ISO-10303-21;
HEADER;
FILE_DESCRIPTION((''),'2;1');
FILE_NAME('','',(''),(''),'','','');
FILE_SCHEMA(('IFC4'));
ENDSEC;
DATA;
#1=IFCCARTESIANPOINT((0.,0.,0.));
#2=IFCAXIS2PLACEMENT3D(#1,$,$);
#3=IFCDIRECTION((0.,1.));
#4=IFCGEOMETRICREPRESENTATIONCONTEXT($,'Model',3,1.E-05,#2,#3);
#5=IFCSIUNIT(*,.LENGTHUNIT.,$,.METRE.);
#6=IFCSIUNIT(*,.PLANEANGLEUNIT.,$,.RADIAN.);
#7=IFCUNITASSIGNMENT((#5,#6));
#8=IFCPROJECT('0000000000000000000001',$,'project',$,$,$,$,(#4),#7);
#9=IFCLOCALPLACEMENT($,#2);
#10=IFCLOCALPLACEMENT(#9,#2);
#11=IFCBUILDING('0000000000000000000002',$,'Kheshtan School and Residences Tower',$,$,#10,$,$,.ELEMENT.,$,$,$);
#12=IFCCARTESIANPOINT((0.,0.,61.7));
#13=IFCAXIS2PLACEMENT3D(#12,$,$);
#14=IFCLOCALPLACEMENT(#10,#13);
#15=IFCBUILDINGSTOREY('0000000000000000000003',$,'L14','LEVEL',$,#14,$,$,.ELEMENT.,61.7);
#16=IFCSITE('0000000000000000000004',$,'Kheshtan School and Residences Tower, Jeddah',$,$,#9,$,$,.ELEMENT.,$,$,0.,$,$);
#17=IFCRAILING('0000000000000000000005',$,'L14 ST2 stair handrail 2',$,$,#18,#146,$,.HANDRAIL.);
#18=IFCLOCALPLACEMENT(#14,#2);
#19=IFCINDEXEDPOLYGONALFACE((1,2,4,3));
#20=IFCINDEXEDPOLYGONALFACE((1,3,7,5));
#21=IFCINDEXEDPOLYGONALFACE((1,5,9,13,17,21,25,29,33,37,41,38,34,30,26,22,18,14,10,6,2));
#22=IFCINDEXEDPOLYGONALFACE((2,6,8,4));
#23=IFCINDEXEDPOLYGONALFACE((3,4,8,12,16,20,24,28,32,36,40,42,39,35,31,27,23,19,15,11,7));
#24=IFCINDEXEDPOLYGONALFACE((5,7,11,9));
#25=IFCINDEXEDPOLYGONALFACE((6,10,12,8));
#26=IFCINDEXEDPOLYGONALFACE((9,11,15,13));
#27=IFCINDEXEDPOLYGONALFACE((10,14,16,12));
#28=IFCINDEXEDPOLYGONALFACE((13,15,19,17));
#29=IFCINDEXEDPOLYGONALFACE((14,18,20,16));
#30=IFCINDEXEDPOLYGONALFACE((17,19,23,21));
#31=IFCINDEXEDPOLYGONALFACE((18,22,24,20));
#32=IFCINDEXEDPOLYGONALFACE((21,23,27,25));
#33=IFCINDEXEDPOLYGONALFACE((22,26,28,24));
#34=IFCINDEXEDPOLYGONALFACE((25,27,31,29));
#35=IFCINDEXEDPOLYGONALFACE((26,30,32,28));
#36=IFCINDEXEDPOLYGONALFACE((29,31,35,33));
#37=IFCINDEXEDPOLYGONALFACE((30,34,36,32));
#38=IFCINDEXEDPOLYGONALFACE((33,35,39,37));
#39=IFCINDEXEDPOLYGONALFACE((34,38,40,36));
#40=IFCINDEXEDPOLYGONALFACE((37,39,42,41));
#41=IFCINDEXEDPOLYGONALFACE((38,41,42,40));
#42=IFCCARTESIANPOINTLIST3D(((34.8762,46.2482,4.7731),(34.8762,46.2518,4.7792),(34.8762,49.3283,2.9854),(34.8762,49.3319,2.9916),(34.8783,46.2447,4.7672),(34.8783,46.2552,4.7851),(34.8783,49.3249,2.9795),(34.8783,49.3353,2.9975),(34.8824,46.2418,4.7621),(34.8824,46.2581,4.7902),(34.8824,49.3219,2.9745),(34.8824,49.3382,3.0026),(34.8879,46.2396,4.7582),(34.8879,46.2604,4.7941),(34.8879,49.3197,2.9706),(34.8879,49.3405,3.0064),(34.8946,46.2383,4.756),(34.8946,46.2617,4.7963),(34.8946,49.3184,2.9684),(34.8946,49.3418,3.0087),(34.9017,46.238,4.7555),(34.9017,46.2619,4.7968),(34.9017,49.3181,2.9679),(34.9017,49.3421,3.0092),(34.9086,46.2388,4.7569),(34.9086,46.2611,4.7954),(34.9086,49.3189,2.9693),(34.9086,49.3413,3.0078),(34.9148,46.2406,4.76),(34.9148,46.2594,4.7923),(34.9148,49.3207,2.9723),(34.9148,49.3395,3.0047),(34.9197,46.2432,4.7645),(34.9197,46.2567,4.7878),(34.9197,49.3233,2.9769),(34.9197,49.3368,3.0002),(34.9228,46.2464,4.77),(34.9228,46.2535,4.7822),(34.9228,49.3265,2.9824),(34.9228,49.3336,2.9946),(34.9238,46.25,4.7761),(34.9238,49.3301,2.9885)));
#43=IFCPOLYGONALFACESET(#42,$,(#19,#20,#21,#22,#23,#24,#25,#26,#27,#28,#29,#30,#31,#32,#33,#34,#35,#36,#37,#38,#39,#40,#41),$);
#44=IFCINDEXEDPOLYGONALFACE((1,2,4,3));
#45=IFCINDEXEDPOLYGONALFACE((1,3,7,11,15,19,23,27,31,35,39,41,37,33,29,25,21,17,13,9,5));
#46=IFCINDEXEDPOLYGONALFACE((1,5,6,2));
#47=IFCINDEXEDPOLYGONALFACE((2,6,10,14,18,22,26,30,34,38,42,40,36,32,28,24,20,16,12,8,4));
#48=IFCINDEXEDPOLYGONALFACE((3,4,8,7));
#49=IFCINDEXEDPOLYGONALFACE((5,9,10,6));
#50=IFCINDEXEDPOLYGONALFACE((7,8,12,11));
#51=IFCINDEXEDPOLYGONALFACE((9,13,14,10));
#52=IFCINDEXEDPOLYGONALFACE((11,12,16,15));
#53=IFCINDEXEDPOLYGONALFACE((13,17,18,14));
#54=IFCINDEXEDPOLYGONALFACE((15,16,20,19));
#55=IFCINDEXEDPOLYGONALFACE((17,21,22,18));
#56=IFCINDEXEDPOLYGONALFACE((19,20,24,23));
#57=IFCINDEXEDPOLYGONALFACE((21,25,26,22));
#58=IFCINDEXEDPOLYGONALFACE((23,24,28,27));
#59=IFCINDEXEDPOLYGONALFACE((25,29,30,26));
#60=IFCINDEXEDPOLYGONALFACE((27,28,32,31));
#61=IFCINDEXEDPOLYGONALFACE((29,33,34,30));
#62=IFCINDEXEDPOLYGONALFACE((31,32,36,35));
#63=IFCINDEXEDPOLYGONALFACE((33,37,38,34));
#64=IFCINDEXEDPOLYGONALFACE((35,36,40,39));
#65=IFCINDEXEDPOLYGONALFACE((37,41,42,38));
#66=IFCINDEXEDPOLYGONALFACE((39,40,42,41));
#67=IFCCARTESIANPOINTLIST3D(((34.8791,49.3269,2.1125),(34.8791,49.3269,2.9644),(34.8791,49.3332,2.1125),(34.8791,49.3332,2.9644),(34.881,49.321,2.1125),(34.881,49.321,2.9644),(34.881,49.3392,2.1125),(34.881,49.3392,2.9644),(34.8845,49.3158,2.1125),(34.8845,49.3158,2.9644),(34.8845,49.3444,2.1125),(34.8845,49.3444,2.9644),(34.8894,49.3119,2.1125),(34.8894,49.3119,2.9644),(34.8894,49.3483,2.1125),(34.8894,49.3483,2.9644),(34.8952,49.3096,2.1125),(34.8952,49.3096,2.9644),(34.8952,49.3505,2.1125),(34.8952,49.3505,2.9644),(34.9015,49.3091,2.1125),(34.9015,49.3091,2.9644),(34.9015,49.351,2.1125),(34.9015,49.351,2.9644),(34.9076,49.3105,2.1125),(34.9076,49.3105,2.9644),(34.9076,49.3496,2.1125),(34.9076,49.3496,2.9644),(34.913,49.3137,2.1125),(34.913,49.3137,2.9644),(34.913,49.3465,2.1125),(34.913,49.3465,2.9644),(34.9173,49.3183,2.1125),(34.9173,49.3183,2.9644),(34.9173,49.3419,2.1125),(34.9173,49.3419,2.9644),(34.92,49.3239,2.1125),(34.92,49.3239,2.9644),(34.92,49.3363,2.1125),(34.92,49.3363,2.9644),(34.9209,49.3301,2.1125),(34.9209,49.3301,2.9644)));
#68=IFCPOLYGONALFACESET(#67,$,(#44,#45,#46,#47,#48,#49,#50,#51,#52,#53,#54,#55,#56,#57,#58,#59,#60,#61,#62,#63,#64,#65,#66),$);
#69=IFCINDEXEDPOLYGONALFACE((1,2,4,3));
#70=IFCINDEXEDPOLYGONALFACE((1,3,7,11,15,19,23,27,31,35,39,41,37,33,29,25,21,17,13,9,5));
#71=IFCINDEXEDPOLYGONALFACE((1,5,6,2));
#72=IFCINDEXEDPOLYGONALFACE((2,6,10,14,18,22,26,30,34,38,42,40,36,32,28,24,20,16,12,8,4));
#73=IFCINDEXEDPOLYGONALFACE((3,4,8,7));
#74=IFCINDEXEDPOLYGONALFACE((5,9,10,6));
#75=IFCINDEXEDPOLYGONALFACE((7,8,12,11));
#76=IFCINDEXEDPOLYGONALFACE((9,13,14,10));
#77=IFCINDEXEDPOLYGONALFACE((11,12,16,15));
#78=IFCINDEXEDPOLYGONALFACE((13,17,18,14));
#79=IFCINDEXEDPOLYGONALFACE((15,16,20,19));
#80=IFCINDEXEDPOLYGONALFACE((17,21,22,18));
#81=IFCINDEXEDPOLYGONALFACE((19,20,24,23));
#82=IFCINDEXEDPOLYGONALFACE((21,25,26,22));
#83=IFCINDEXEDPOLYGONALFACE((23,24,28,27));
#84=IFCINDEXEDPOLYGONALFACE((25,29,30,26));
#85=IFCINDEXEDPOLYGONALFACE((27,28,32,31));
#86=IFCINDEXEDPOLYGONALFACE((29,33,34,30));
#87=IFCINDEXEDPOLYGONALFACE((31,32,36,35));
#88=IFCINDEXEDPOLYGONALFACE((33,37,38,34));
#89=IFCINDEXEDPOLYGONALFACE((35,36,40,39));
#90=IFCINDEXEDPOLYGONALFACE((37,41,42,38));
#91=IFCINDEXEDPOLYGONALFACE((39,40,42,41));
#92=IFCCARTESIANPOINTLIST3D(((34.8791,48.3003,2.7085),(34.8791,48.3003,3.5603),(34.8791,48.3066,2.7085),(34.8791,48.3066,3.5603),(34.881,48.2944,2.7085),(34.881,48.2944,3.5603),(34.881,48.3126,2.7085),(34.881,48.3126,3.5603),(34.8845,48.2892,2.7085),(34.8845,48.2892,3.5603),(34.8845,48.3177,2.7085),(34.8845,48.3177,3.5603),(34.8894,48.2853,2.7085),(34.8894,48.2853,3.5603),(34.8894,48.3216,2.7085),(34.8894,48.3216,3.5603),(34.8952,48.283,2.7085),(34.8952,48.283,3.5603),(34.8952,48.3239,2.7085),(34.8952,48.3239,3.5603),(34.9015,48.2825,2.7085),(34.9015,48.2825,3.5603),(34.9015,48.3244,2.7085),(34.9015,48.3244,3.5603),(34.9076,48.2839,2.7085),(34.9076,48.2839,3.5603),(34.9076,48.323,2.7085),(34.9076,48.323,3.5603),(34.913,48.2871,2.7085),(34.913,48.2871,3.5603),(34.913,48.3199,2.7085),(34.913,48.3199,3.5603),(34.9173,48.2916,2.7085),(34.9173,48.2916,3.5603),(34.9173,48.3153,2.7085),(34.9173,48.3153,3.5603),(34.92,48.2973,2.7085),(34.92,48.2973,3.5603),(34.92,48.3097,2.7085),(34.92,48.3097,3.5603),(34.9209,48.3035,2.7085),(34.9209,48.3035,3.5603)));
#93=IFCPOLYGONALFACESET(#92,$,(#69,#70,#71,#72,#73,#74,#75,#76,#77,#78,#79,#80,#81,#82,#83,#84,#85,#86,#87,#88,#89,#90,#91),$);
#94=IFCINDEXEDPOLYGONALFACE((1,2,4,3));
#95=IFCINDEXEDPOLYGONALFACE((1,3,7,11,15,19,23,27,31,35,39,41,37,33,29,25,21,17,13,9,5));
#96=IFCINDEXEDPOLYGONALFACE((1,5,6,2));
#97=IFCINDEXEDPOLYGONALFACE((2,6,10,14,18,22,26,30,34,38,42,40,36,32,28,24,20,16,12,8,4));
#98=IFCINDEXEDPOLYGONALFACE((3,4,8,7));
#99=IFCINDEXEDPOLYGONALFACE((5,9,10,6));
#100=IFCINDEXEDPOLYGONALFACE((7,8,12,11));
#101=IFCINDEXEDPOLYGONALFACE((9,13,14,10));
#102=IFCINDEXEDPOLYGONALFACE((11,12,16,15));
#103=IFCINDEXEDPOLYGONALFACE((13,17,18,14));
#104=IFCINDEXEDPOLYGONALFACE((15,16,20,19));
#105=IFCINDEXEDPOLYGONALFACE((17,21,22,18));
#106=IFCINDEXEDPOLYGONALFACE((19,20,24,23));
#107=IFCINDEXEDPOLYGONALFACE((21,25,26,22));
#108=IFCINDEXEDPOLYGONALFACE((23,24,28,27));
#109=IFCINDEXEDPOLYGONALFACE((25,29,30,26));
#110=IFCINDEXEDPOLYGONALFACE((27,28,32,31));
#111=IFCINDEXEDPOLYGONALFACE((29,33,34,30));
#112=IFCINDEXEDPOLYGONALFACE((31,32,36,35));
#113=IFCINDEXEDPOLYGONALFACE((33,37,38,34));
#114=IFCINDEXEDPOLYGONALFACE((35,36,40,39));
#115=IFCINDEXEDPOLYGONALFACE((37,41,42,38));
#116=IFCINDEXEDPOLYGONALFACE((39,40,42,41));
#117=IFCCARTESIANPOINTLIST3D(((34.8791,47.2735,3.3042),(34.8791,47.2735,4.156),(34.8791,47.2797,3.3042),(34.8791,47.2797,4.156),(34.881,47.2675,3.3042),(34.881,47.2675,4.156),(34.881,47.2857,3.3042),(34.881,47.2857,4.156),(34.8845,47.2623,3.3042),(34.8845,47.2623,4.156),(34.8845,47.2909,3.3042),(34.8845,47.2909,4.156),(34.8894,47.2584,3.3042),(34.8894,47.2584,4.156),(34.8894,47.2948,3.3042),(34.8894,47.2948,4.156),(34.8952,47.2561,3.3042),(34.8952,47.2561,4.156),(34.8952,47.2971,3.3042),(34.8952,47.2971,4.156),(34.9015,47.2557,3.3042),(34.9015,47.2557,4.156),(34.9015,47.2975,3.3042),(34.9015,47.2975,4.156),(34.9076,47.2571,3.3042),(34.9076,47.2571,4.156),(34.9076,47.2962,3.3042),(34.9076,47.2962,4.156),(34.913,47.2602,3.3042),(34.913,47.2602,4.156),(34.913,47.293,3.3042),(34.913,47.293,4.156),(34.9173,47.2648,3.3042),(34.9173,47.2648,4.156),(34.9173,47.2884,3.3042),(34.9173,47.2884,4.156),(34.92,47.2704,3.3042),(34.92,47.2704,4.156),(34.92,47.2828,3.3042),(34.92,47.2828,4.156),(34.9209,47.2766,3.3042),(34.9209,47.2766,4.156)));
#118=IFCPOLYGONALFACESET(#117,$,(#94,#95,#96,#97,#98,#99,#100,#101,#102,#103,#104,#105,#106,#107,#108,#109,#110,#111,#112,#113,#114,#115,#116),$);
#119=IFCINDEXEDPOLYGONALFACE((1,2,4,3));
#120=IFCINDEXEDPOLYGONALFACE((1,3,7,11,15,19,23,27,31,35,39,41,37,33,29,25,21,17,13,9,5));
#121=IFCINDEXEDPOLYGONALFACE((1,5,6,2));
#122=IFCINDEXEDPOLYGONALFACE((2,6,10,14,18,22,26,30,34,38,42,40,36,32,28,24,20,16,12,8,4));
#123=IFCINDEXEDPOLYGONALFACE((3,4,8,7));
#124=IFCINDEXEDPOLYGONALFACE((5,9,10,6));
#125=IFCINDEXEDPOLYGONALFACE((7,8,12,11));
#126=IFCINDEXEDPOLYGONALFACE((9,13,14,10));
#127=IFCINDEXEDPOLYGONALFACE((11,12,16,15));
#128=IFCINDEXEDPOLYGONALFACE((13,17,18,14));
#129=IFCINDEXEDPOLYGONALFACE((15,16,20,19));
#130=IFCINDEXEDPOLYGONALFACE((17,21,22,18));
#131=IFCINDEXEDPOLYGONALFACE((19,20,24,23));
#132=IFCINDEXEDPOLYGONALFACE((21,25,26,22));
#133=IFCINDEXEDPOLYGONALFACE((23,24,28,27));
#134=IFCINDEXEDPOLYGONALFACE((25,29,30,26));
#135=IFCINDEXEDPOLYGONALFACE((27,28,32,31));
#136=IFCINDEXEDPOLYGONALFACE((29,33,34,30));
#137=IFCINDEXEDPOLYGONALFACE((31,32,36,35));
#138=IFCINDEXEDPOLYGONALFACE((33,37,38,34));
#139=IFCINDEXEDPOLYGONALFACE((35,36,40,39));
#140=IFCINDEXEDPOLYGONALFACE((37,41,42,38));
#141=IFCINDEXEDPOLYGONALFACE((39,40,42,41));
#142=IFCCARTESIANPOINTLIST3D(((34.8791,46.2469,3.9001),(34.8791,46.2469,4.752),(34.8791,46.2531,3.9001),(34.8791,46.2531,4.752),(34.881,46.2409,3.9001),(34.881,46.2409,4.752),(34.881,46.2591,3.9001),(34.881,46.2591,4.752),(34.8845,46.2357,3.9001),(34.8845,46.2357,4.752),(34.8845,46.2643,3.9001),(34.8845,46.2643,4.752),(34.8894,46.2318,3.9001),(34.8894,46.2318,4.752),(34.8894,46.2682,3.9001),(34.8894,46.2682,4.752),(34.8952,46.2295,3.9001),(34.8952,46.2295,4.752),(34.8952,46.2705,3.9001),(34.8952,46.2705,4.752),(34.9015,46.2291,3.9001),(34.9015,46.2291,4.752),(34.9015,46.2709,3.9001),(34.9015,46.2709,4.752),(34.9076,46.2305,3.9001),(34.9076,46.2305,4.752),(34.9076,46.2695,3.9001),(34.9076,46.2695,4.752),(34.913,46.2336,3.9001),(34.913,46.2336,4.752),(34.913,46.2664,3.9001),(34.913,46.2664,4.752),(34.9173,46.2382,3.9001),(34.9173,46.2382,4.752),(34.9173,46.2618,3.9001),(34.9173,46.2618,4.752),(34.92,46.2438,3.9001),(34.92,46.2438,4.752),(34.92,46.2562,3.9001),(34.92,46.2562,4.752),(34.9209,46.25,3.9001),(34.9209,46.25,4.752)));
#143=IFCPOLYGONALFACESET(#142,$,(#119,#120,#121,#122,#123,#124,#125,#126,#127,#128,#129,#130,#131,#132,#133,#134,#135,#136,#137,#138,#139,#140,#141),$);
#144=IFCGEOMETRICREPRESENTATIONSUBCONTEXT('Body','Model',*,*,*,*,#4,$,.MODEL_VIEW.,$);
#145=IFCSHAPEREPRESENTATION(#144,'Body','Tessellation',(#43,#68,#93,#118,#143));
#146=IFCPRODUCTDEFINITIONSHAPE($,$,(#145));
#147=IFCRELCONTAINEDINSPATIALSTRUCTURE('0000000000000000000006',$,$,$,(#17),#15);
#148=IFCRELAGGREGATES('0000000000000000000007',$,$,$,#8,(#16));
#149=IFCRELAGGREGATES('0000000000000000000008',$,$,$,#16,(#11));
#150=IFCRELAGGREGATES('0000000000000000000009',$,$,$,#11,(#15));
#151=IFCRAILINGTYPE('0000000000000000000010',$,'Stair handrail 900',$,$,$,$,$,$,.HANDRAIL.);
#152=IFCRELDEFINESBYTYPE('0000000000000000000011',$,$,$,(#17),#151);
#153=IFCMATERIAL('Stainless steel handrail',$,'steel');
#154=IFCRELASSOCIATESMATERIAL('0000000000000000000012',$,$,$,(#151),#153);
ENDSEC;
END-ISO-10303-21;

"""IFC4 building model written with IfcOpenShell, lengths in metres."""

from ifc_helpers import new_model, si_unit, direction, frame, origin, origin_2d, place, context, subcontext, project, spatial, circle, extrude, material, type_object, element, save


model = new_model("IFC4")

# Units and contexts
model_context = context("Model", 3, precision=1e-05, world=origin(), true_north=direction((0.0, 1.0)))
body_context = subcontext(model_context, "Body", "Model", "MODEL_VIEW")
ifc_project = project(units=[si_unit("LENGTHUNIT", "METRE"), si_unit("PLANEANGLEUNIT", "RADIAN")], contexts=[model_context])

# Site, building, storey
site_placement = place(None, origin())
site = spatial("IfcSite", under=ifc_project, at=site_placement, Name="Kheshtan School and Residences Tower, Jeddah", CompositionType="ELEMENT", RefElevation=0.0)
building_placement = place(site_placement, origin())
building = spatial("IfcBuilding", under=site, at=building_placement, Name="Kheshtan School and Residences Tower", CompositionType="ELEMENT")
storey_placement = place(building_placement, frame((0.0, 0.0, 61.7)))
storey = spatial("IfcBuildingStorey", under=building, at=storey_placement, Name="L14", Description="LEVEL", CompositionType="ELEMENT", Elevation=61.7)

# Railing
ifc_material_1 = material(Name="Stainless steel handrail", Category="steel")
railing_type_1 = type_object("IfcRailingType", Name="Stair handrail 900", PredefinedType="HANDRAIL", material=ifc_material_1)
railing_1_placement = place(storey_placement, frame((34.8999, 49.3301, 2.1125)))
element("IfcRailing", 1, at=railing_1_placement, inside=storey, type_object=railing_type_1, Name="L14 ST2 stair handrail 2", PredefinedType="HANDRAIL", context=body_context, shape_type="SweptSolid", body=[
    extrude(circle(Radius=0.0239, at=origin_2d()), frame((0.0, 0.0, 0.876), z_axis=(0.0, -0.864891, 0.50196), x_axis=(1.0, 0.0, 0.0)), (0.0, 0.0, 1.0), 3.5613),
    extrude(circle(Radius=0.021, at=origin_2d()), origin(), (0.0, 0.0, 1.0), 0.8518),
    extrude(circle(Radius=0.021, at=origin_2d()), frame((0.0, -1.0266, 0.5959)), (0.0, 0.0, 1.0), 0.8518),
    extrude(circle(Radius=0.021, at=origin_2d()), frame((0.0, -2.0535, 1.1917)), (0.0, 0.0, 1.0), 0.8518),
    extrude(circle(Radius=0.021, at=origin_2d()), frame((0.0, -3.0801, 1.7876)), (0.0, 0.0, 1.0), 0.8518),
])

save(model, "model.ifc")
